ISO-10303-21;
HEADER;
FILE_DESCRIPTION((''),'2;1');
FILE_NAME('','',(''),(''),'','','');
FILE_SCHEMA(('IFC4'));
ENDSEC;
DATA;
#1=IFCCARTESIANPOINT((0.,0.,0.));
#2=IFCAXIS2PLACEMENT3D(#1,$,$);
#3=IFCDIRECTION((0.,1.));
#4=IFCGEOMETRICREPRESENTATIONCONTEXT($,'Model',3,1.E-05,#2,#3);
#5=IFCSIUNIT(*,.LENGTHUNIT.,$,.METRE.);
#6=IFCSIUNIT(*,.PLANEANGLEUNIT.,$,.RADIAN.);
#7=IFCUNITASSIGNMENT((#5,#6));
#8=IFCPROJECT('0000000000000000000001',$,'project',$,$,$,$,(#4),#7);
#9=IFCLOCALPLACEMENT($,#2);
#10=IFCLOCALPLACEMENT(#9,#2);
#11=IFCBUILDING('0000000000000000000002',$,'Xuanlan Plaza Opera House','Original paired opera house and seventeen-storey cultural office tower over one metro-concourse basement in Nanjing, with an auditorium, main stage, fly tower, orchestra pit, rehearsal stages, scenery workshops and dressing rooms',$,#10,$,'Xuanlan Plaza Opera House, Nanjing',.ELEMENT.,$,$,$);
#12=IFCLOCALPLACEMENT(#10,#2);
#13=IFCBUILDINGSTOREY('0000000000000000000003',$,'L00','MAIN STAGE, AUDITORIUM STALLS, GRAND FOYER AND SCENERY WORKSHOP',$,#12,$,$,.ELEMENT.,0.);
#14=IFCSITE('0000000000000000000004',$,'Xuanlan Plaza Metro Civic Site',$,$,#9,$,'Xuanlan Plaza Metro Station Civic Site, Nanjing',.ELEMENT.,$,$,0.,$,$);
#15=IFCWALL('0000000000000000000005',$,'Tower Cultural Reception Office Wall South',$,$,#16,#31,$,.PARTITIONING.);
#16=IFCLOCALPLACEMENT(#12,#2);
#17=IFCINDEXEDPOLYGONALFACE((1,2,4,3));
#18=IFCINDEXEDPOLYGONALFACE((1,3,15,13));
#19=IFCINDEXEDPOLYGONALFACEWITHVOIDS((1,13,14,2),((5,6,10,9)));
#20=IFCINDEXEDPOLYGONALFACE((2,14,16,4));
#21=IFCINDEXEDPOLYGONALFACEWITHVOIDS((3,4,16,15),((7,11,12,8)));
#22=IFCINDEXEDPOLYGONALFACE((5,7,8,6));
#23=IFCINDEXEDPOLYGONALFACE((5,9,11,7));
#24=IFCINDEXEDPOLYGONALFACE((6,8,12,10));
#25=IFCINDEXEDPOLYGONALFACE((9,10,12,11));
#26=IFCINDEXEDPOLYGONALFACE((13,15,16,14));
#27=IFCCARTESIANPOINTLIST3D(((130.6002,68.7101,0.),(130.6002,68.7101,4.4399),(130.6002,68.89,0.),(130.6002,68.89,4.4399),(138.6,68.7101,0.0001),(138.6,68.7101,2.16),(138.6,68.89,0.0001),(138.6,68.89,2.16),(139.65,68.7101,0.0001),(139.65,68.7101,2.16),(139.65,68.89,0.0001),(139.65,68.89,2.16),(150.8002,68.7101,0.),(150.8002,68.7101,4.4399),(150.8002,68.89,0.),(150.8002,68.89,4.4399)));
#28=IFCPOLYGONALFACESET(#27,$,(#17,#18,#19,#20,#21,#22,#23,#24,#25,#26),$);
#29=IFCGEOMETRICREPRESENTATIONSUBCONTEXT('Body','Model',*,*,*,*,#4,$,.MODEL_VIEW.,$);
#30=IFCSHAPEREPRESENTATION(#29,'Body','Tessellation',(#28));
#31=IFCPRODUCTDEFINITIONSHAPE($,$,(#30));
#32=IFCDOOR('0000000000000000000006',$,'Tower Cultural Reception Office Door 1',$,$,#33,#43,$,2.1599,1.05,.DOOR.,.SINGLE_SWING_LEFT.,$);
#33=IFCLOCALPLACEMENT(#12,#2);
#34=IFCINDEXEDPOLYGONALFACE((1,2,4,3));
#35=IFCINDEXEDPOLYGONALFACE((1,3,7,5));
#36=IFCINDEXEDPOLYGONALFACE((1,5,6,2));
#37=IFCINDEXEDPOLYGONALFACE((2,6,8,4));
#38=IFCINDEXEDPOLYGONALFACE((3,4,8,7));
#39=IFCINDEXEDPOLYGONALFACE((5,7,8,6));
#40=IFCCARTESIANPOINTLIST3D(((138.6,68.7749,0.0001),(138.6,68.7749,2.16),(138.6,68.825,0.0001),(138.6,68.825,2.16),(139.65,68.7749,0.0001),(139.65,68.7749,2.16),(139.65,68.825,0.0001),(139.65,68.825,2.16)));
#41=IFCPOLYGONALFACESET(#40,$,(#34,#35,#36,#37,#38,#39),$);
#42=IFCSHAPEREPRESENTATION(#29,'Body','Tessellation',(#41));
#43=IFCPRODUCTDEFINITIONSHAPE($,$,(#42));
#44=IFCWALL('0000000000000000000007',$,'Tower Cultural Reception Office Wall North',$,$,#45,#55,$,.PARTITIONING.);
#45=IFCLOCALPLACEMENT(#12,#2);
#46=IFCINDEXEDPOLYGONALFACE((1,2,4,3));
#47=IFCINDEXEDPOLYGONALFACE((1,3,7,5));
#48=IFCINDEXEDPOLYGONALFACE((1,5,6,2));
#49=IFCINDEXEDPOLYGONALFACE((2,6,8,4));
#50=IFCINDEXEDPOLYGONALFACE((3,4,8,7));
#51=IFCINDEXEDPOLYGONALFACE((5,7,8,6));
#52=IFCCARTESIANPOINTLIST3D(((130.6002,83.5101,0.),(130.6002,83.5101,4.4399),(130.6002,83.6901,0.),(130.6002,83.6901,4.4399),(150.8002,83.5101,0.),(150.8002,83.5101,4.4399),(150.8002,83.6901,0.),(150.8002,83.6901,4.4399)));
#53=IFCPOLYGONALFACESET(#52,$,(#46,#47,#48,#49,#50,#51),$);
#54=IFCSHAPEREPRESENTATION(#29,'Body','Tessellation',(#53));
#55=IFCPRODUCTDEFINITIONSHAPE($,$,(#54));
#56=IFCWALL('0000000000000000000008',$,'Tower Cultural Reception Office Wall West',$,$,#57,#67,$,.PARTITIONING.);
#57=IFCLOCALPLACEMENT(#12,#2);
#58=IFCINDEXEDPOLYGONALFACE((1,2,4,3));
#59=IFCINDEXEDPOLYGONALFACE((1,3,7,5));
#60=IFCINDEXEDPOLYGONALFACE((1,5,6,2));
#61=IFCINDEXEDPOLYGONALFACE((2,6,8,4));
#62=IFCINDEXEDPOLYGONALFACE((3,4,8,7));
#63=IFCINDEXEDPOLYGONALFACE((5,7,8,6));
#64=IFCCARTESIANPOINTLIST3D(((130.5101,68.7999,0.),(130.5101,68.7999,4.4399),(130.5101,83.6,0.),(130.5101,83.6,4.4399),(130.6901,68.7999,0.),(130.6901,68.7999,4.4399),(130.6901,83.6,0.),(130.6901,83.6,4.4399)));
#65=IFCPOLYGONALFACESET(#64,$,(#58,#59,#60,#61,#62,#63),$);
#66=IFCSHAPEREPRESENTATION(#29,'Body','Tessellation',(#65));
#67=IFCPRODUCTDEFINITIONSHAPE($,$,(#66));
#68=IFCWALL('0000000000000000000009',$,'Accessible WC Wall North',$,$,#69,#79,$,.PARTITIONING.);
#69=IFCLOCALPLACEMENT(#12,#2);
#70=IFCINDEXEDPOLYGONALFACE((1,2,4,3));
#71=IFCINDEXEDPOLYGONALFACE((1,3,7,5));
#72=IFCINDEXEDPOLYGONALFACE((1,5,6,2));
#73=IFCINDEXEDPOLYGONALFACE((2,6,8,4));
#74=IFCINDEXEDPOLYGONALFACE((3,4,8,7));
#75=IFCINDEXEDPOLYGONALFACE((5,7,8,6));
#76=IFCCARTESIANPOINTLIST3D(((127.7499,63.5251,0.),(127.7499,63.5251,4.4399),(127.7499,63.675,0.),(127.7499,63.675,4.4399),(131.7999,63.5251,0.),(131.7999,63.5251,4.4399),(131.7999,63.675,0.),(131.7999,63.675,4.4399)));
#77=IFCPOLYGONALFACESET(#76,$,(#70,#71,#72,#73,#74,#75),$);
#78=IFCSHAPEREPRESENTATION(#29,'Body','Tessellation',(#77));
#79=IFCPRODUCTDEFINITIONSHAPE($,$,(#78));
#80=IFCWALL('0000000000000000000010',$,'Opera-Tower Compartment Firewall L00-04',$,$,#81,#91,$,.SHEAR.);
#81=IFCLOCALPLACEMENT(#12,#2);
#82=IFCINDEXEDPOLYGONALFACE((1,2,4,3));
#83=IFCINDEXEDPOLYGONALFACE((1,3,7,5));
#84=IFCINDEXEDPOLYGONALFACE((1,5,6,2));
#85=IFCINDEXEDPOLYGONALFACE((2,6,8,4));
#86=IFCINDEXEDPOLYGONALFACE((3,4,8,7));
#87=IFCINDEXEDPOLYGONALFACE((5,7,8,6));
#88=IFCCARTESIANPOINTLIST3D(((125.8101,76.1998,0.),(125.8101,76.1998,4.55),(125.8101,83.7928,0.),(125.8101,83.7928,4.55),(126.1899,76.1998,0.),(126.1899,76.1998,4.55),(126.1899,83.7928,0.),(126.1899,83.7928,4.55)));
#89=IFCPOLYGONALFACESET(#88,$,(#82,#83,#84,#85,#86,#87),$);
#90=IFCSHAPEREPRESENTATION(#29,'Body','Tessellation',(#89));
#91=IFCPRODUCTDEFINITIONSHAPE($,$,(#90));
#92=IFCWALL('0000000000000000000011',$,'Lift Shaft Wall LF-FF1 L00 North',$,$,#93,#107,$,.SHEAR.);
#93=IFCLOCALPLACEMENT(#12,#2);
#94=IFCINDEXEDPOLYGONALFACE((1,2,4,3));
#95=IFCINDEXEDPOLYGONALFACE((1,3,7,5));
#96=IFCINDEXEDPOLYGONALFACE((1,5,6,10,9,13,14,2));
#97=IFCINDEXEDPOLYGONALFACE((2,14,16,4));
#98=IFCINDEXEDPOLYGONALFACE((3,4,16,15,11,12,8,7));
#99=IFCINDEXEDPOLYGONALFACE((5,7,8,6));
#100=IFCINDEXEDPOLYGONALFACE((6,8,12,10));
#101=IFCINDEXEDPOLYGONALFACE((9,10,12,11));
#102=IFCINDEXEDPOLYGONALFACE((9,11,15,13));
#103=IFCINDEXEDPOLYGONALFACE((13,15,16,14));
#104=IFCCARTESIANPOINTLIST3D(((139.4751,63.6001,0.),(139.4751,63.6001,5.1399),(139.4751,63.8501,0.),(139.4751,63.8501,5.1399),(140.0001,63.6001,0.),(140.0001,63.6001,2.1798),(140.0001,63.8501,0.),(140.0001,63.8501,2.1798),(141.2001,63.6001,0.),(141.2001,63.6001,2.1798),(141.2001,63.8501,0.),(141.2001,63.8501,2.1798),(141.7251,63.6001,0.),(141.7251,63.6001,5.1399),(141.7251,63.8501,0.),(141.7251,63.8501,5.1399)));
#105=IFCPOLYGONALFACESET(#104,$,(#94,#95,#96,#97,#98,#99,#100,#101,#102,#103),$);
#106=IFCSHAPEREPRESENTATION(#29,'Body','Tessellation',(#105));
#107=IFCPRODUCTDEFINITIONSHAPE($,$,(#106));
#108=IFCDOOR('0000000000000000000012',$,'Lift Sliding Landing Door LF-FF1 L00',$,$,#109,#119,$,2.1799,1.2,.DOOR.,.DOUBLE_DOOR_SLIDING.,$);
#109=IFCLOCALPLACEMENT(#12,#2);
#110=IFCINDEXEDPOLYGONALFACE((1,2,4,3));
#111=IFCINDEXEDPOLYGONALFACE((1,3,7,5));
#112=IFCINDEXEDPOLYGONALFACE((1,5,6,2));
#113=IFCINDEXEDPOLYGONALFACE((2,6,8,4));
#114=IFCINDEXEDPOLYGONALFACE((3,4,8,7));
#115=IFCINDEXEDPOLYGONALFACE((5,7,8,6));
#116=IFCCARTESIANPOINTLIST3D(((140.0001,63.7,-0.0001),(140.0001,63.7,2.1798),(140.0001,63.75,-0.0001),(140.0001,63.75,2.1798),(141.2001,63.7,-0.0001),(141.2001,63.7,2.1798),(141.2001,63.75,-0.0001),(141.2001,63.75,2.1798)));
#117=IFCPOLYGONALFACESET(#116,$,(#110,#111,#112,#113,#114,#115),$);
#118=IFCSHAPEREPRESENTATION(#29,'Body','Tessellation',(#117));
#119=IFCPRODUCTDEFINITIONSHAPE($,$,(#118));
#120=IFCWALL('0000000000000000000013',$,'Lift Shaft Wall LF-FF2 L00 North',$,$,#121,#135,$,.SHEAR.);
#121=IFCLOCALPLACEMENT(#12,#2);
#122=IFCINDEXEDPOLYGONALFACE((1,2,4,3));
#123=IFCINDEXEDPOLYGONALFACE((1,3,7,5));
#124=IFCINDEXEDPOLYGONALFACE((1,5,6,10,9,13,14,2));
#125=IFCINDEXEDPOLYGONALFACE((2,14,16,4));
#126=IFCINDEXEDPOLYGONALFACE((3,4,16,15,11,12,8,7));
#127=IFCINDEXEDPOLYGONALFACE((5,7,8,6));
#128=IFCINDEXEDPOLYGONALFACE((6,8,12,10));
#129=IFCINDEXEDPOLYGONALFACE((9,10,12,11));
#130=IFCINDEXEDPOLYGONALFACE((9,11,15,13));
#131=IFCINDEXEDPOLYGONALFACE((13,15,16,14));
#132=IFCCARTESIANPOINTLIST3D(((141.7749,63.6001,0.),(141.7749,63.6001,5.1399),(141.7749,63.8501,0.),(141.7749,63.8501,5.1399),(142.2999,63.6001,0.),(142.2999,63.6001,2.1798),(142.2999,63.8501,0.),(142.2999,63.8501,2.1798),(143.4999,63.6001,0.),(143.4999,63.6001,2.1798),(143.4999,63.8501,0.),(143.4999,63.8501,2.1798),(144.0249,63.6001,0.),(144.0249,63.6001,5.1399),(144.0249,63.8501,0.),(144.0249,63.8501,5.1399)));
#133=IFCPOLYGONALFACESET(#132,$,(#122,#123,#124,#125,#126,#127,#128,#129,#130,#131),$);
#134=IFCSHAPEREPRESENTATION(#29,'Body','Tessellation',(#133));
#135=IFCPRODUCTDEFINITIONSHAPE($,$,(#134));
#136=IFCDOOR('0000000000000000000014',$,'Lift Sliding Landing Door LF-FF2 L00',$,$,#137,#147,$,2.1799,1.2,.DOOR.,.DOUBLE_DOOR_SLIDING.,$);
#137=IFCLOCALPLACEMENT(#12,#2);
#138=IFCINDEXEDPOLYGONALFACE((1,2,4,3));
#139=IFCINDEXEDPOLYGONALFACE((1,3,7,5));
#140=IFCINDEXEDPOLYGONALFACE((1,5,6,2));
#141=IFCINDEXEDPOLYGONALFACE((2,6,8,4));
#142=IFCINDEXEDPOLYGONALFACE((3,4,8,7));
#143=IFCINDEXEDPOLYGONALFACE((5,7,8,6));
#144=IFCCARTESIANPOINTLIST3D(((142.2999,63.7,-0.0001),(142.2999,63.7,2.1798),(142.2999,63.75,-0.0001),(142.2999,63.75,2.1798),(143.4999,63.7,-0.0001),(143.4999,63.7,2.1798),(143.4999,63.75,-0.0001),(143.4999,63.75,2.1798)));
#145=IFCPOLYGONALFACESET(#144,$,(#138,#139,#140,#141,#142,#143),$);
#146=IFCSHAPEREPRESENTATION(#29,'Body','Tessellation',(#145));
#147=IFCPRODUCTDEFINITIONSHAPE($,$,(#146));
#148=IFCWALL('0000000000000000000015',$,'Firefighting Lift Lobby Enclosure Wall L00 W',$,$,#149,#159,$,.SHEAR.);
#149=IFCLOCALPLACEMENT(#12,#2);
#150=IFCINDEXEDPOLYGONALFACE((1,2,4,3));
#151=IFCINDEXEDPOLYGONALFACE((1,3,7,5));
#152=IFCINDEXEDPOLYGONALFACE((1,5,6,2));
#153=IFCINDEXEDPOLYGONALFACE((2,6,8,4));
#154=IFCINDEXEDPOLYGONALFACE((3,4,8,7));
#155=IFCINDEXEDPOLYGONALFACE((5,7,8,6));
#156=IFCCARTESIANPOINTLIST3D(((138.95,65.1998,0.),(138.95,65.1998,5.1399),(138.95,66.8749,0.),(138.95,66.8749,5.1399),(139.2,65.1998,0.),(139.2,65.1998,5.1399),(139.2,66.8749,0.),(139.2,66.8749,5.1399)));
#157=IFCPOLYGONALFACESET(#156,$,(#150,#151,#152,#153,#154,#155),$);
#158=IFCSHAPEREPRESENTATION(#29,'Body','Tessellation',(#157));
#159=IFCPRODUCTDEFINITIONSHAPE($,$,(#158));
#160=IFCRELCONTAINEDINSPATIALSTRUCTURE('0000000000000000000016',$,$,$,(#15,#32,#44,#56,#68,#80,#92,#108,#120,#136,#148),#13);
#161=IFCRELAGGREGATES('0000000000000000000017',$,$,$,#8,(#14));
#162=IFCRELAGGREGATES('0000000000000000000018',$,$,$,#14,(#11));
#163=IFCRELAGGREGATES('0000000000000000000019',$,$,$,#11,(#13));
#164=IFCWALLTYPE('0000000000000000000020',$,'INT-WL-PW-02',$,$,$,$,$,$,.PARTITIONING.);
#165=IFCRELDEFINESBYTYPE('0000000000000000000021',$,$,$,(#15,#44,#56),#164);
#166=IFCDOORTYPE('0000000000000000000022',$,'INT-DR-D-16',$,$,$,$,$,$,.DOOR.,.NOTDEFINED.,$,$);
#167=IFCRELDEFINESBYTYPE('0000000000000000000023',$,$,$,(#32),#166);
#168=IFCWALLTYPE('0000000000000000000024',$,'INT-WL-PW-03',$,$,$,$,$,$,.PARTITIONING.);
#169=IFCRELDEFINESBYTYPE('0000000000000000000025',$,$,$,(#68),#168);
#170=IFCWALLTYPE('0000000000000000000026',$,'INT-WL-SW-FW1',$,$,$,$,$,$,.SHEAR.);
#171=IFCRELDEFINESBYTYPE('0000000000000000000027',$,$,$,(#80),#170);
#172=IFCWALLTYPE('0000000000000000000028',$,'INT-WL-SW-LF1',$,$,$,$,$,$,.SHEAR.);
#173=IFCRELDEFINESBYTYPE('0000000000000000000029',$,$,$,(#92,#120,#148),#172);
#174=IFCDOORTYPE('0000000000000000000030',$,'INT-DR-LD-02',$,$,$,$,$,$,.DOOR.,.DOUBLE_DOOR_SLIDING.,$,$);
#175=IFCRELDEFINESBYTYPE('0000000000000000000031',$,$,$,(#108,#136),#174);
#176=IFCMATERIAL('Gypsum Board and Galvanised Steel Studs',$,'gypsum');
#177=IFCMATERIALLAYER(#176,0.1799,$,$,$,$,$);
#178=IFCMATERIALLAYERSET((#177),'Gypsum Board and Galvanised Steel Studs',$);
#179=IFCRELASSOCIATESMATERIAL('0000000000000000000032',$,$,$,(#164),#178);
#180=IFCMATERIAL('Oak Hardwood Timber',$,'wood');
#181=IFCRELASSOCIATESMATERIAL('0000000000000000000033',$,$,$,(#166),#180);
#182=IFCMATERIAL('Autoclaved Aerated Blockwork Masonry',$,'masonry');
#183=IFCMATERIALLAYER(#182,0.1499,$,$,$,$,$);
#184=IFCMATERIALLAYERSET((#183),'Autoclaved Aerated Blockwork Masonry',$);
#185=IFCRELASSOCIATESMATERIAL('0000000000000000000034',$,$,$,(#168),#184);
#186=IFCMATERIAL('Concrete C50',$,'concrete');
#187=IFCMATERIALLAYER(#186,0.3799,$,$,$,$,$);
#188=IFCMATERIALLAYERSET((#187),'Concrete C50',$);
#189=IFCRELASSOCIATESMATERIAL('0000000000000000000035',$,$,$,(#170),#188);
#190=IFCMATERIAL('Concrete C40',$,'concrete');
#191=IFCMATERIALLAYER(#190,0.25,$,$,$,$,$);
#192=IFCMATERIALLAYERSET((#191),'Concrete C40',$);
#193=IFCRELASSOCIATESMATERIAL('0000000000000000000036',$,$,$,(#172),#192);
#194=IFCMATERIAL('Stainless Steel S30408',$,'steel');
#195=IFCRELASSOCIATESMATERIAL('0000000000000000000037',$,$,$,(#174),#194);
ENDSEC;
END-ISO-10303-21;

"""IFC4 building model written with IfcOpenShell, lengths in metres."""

from ifc_helpers import new_model, si_unit, direction, frame, frame_2d, origin, place, context, subcontext, project, spatial, rectangle, extrude, material, layer, layer_set, type_object, element, fill, save


model = new_model("IFC4")

# Units and contexts
model_context = context("Model", 3, precision=1e-05, world=origin(), true_north=direction((0.0, 1.0)))
body_context = subcontext(model_context, "Body", "Model", "MODEL_VIEW")
ifc_project = project(units=[si_unit("LENGTHUNIT", "METRE"), si_unit("PLANEANGLEUNIT", "RADIAN")], contexts=[model_context])

# Site, building, storey
site_placement = place(None, origin())
site = spatial("IfcSite", under=ifc_project, at=site_placement, Name="Xuanlan Plaza Metro Civic Site", LongName="Xuanlan Plaza Metro Station Civic Site, Nanjing", CompositionType="ELEMENT", RefElevation=0.0)
building_placement = place(site_placement, origin())
building = spatial("IfcBuilding", under=site, at=building_placement, Name="Xuanlan Plaza Opera House", Description="Original paired opera house and seventeen-storey cultural office tower over one metro-concourse basement in Nanjing, with an auditorium, main stage, fly tower, orchestra pit, rehearsal stages, scenery workshops and dressing rooms", LongName="Xuanlan Plaza Opera House, Nanjing", CompositionType="ELEMENT")
storey_placement = place(building_placement, origin())
storey = spatial("IfcBuildingStorey", under=building, at=storey_placement, Name="L00", Description="MAIN STAGE, AUDITORIUM STALLS, GRAND FOYER AND SCENERY WORKSHOP", CompositionType="ELEMENT", Elevation=0.0)

# Shared definitions
ifc_material_1 = material(Name="Concrete C40", Category="concrete")

# Wall, opening, door
ifc_material_2 = material(Name="Gypsum Board and Galvanised Steel Studs", Category="gypsum")
ifc_layer_1 = layer(ifc_material_2, 0.1799)
ifc_layer_set_1 = layer_set([ifc_layer_1], Name="Gypsum Board and Galvanised Steel Studs")
wall_type_1 = type_object("IfcWallType", Name="INT-WL-PW-02", PredefinedType="PARTITIONING", material=ifc_layer_set_1)
wall_1_placement = place(storey_placement, frame((130.6001, 68.8, 0.0), z_axis=(0.0, 0.0, 1.0), x_axis=(1.0, 0.0, 0.0)))
wall_1 = element("IfcWall", 1, at=wall_1_placement, inside=storey, type_object=wall_type_1, Name="Tower Cultural Reception Office Wall South", PredefinedType="PARTITIONING", context=body_context, shape_type="SweptSolid", body=[
    extrude(rectangle(XDim=20.2, YDim=0.1799, at=frame_2d((10.1001, 0.0))), origin(), (0.0, 0.0, 1.0), 4.4399),
])
opening_1_placement = place(wall_1_placement, frame((8.0, 0.0, 0.0)))
opening_1 = element("IfcOpeningElement", 2, at=opening_1_placement, cuts=wall_1, PredefinedType="OPENING", context=body_context, shape_type="SweptSolid", body=[
    extrude(rectangle(XDim=1.05, YDim=2.1599, at=frame_2d((0.5249, 1.0801))), frame((0.0, 0.0999, 0.0), z_axis=(0.0, -1.0, 0.0), x_axis=(1.0, 0.0, 0.0)), (0.0, 0.0, 1.0), 0.2),
])
ifc_material_3 = material(Name="Oak Hardwood Timber", Category="wood")
door_type_1 = type_object("IfcDoorType", Name="INT-DR-D-16", OperationType="NOTDEFINED", PredefinedType="DOOR", material=ifc_material_3)
door_1_placement = place(opening_1_placement, origin())
door_1 = element("IfcDoor", 3, at=door_1_placement, inside=storey, type_object=door_type_1, Name="Tower Cultural Reception Office Door 1", OperationType="SINGLE_SWING_LEFT", OverallHeight=2.1599, OverallWidth=1.05, PredefinedType="DOOR", context=body_context, shape_type="SweptSolid", body=[
    extrude(rectangle(XDim=1.05, YDim=2.1599, at=frame_2d((0.5249, 1.0801))), frame((0.0, 0.0249, 0.0), z_axis=(0.0, -1.0, 0.0), x_axis=(1.0, 0.0, 0.0)), (0.0, 0.0, 1.0), 0.05),
])
fill(opening_1, door_1)

# Walls
wall_2_placement = place(storey_placement, frame((130.6001, 83.6001, 0.0), z_axis=(0.0, 0.0, 1.0), x_axis=(1.0, 0.0, 0.0)))
element("IfcWall", 4, at=wall_2_placement, inside=storey, type_object=wall_type_1, Name="Tower Cultural Reception Office Wall North", PredefinedType="PARTITIONING", context=body_context, shape_type="SweptSolid", body=[
    extrude(rectangle(XDim=20.2, YDim=0.1799, at=frame_2d((10.1001, 0.0))), origin(), (0.0, 0.0, 1.0), 4.4399),
])
wall_3_placement = place(storey_placement, frame((130.6001, 68.8, 0.0), z_axis=(0.0, 0.0, 1.0), x_axis=(0.0, 1.0, 0.0)))
element("IfcWall", 5, at=wall_3_placement, inside=storey, type_object=wall_type_1, Name="Tower Cultural Reception Office Wall West", PredefinedType="PARTITIONING", context=body_context, shape_type="SweptSolid", body=[
    extrude(rectangle(XDim=14.8, YDim=0.1799, at=frame_2d((7.3999, 0.0))), origin(), (0.0, 0.0, 1.0), 4.4399),
])
ifc_material_4 = material(Name="Autoclaved Aerated Blockwork Masonry", Category="masonry")
ifc_layer_2 = layer(ifc_material_4, 0.1499)
ifc_layer_set_2 = layer_set([ifc_layer_2], Name="Autoclaved Aerated Blockwork Masonry")
wall_type_2 = type_object("IfcWallType", Name="INT-WL-PW-03", PredefinedType="PARTITIONING", material=ifc_layer_set_2)
wall_4_placement = place(storey_placement, frame((127.75, 63.6001, 0.0), z_axis=(0.0, 0.0, 1.0), x_axis=(1.0, 0.0, 0.0)))
element("IfcWall", 6, at=wall_4_placement, inside=storey, type_object=wall_type_2, Name="Accessible WC Wall North", PredefinedType="PARTITIONING", context=body_context, shape_type="SweptSolid", body=[
    extrude(rectangle(XDim=4.05, YDim=0.1499, at=frame_2d((2.0249, 0.0))), origin(), (0.0, 0.0, 1.0), 4.4399),
])
ifc_material_5 = material(Name="Concrete C50", Category="concrete")
ifc_layer_3 = layer(ifc_material_5, 0.3799)
ifc_layer_set_3 = layer_set([ifc_layer_3], Name="Concrete C50")
wall_type_3 = type_object("IfcWallType", Name="INT-WL-SW-FW1", PredefinedType="SHEAR", material=ifc_layer_set_3)
wall_5_placement = place(storey_placement, frame((126.0, 76.2, 0.0), z_axis=(0.0, 0.0, 1.0), x_axis=(0.0, 1.0, 0.0)))
element("IfcWall", 7, at=wall_5_placement, inside=storey, type_object=wall_type_3, Name="Opera-Tower Compartment Firewall L00-04", PredefinedType="SHEAR", context=body_context, shape_type="SweptSolid", body=[
    extrude(rectangle(XDim=7.593, YDim=0.3799, at=frame_2d((3.7964, 0.0))), origin(), (0.0, 0.0, 1.0), 4.55),
])

# Walls, openings, doors
ifc_layer_4 = layer(ifc_material_1, 0.25)
ifc_layer_set_4 = layer_set([ifc_layer_4], Name="Concrete C40")
wall_type_4 = type_object("IfcWallType", Name="INT-WL-SW-LF1", PredefinedType="SHEAR", material=ifc_layer_set_4)
wall_6_placement = place(storey_placement, frame((139.4751, 63.7251, 0.0), z_axis=(0.0, 0.0, 1.0), x_axis=(1.0, 0.0, 0.0)))
wall_6 = element("IfcWall", 8, at=wall_6_placement, inside=storey, type_object=wall_type_4, Name="Lift Shaft Wall LF-FF1 L00 North", PredefinedType="SHEAR", context=body_context, shape_type="SweptSolid", body=[
    extrude(rectangle(XDim=2.25, YDim=0.25, at=frame_2d((1.125, 0.0))), origin(), (0.0, 0.0, 1.0), 5.1399),
])
opening_2_placement = place(wall_6_placement, frame((0.5249, 0.0, 0.0)))
opening_2 = element("IfcOpeningElement", 9, at=opening_2_placement, cuts=wall_6, PredefinedType="OPENING", context=body_context, shape_type="SweptSolid", body=[
    extrude(rectangle(XDim=1.2, YDim=2.1799, at=frame_2d((0.6001, 1.0898))), frame((0.0, 0.135, 0.0), z_axis=(0.0, -1.0, 0.0), x_axis=(1.0, 0.0, 0.0)), (0.0, 0.0, 1.0), 0.27),
])
ifc_material_6 = material(Name="Stainless Steel S30408", Category="steel")
door_type_2 = type_object("IfcDoorType", Name="INT-DR-LD-02", OperationType="DOUBLE_DOOR_SLIDING", PredefinedType="DOOR", material=ifc_material_6)
door_2_placement = place(opening_2_placement, origin())
door_2 = element("IfcDoor", 10, at=door_2_placement, inside=storey, type_object=door_type_2, Name="Lift Sliding Landing Door LF-FF1 L00", OperationType="DOUBLE_DOOR_SLIDING", OverallHeight=2.1799, OverallWidth=1.2, PredefinedType="DOOR", context=body_context, shape_type="SweptSolid", body=[
    extrude(rectangle(XDim=1.2, YDim=2.1799, at=frame_2d((0.6001, 1.0898))), frame((0.0, 0.0249, 0.0), z_axis=(0.0, -1.0, 0.0), x_axis=(1.0, 0.0, 0.0)), (0.0, 0.0, 1.0), 0.05),
])
fill(opening_2, door_2)
wall_7_placement = place(storey_placement, frame((141.7749, 63.7251, 0.0), z_axis=(0.0, 0.0, 1.0), x_axis=(1.0, 0.0, 0.0)))
wall_7 = element("IfcWall", 11, at=wall_7_placement, inside=storey, type_object=wall_type_4, Name="Lift Shaft Wall LF-FF2 L00 North", PredefinedType="SHEAR", context=body_context, shape_type="SweptSolid", body=[
    extrude(rectangle(XDim=2.25, YDim=0.25, at=frame_2d((1.125, 0.0))), origin(), (0.0, 0.0, 1.0), 5.1399),
])
opening_3_placement = place(wall_7_placement, frame((0.5249, 0.0, 0.0)))
opening_3 = element("IfcOpeningElement", 12, at=opening_3_placement, cuts=wall_7, PredefinedType="OPENING", context=body_context, shape_type="SweptSolid", body=[
    extrude(rectangle(XDim=1.2, YDim=2.1799, at=frame_2d((0.6001, 1.0898))), frame((0.0, 0.135, 0.0), z_axis=(0.0, -1.0, 0.0), x_axis=(1.0, 0.0, 0.0)), (0.0, 0.0, 1.0), 0.27),
])
door_3_placement = place(opening_3_placement, origin())
door_3 = element("IfcDoor", 13, at=door_3_placement, inside=storey, type_object=door_type_2, Name="Lift Sliding Landing Door LF-FF2 L00", OperationType="DOUBLE_DOOR_SLIDING", OverallHeight=2.1799, OverallWidth=1.2, PredefinedType="DOOR", context=body_context, shape_type="SweptSolid", body=[
    extrude(rectangle(XDim=1.2, YDim=2.1799, at=frame_2d((0.6001, 1.0898))), frame((0.0, 0.0249, 0.0), z_axis=(0.0, -1.0, 0.0), x_axis=(1.0, 0.0, 0.0)), (0.0, 0.0, 1.0), 0.05),
])
fill(opening_3, door_3)

# Wall
wall_8_placement = place(storey_placement, frame((139.075, 65.2, 0.0), z_axis=(0.0, 0.0, 1.0), x_axis=(0.0, 1.0, 0.0)))
element("IfcWall", 14, at=wall_8_placement, inside=storey, type_object=wall_type_4, Name="Firefighting Lift Lobby Enclosure Wall L00 W", PredefinedType="SHEAR", context=body_context, shape_type="SweptSolid", body=[
    extrude(rectangle(XDim=1.675, YDim=0.25, at=frame_2d((0.8374, 0.0))), origin(), (0.0, 0.0, 1.0), 5.1399),
])

save(model, "model.ifc")
